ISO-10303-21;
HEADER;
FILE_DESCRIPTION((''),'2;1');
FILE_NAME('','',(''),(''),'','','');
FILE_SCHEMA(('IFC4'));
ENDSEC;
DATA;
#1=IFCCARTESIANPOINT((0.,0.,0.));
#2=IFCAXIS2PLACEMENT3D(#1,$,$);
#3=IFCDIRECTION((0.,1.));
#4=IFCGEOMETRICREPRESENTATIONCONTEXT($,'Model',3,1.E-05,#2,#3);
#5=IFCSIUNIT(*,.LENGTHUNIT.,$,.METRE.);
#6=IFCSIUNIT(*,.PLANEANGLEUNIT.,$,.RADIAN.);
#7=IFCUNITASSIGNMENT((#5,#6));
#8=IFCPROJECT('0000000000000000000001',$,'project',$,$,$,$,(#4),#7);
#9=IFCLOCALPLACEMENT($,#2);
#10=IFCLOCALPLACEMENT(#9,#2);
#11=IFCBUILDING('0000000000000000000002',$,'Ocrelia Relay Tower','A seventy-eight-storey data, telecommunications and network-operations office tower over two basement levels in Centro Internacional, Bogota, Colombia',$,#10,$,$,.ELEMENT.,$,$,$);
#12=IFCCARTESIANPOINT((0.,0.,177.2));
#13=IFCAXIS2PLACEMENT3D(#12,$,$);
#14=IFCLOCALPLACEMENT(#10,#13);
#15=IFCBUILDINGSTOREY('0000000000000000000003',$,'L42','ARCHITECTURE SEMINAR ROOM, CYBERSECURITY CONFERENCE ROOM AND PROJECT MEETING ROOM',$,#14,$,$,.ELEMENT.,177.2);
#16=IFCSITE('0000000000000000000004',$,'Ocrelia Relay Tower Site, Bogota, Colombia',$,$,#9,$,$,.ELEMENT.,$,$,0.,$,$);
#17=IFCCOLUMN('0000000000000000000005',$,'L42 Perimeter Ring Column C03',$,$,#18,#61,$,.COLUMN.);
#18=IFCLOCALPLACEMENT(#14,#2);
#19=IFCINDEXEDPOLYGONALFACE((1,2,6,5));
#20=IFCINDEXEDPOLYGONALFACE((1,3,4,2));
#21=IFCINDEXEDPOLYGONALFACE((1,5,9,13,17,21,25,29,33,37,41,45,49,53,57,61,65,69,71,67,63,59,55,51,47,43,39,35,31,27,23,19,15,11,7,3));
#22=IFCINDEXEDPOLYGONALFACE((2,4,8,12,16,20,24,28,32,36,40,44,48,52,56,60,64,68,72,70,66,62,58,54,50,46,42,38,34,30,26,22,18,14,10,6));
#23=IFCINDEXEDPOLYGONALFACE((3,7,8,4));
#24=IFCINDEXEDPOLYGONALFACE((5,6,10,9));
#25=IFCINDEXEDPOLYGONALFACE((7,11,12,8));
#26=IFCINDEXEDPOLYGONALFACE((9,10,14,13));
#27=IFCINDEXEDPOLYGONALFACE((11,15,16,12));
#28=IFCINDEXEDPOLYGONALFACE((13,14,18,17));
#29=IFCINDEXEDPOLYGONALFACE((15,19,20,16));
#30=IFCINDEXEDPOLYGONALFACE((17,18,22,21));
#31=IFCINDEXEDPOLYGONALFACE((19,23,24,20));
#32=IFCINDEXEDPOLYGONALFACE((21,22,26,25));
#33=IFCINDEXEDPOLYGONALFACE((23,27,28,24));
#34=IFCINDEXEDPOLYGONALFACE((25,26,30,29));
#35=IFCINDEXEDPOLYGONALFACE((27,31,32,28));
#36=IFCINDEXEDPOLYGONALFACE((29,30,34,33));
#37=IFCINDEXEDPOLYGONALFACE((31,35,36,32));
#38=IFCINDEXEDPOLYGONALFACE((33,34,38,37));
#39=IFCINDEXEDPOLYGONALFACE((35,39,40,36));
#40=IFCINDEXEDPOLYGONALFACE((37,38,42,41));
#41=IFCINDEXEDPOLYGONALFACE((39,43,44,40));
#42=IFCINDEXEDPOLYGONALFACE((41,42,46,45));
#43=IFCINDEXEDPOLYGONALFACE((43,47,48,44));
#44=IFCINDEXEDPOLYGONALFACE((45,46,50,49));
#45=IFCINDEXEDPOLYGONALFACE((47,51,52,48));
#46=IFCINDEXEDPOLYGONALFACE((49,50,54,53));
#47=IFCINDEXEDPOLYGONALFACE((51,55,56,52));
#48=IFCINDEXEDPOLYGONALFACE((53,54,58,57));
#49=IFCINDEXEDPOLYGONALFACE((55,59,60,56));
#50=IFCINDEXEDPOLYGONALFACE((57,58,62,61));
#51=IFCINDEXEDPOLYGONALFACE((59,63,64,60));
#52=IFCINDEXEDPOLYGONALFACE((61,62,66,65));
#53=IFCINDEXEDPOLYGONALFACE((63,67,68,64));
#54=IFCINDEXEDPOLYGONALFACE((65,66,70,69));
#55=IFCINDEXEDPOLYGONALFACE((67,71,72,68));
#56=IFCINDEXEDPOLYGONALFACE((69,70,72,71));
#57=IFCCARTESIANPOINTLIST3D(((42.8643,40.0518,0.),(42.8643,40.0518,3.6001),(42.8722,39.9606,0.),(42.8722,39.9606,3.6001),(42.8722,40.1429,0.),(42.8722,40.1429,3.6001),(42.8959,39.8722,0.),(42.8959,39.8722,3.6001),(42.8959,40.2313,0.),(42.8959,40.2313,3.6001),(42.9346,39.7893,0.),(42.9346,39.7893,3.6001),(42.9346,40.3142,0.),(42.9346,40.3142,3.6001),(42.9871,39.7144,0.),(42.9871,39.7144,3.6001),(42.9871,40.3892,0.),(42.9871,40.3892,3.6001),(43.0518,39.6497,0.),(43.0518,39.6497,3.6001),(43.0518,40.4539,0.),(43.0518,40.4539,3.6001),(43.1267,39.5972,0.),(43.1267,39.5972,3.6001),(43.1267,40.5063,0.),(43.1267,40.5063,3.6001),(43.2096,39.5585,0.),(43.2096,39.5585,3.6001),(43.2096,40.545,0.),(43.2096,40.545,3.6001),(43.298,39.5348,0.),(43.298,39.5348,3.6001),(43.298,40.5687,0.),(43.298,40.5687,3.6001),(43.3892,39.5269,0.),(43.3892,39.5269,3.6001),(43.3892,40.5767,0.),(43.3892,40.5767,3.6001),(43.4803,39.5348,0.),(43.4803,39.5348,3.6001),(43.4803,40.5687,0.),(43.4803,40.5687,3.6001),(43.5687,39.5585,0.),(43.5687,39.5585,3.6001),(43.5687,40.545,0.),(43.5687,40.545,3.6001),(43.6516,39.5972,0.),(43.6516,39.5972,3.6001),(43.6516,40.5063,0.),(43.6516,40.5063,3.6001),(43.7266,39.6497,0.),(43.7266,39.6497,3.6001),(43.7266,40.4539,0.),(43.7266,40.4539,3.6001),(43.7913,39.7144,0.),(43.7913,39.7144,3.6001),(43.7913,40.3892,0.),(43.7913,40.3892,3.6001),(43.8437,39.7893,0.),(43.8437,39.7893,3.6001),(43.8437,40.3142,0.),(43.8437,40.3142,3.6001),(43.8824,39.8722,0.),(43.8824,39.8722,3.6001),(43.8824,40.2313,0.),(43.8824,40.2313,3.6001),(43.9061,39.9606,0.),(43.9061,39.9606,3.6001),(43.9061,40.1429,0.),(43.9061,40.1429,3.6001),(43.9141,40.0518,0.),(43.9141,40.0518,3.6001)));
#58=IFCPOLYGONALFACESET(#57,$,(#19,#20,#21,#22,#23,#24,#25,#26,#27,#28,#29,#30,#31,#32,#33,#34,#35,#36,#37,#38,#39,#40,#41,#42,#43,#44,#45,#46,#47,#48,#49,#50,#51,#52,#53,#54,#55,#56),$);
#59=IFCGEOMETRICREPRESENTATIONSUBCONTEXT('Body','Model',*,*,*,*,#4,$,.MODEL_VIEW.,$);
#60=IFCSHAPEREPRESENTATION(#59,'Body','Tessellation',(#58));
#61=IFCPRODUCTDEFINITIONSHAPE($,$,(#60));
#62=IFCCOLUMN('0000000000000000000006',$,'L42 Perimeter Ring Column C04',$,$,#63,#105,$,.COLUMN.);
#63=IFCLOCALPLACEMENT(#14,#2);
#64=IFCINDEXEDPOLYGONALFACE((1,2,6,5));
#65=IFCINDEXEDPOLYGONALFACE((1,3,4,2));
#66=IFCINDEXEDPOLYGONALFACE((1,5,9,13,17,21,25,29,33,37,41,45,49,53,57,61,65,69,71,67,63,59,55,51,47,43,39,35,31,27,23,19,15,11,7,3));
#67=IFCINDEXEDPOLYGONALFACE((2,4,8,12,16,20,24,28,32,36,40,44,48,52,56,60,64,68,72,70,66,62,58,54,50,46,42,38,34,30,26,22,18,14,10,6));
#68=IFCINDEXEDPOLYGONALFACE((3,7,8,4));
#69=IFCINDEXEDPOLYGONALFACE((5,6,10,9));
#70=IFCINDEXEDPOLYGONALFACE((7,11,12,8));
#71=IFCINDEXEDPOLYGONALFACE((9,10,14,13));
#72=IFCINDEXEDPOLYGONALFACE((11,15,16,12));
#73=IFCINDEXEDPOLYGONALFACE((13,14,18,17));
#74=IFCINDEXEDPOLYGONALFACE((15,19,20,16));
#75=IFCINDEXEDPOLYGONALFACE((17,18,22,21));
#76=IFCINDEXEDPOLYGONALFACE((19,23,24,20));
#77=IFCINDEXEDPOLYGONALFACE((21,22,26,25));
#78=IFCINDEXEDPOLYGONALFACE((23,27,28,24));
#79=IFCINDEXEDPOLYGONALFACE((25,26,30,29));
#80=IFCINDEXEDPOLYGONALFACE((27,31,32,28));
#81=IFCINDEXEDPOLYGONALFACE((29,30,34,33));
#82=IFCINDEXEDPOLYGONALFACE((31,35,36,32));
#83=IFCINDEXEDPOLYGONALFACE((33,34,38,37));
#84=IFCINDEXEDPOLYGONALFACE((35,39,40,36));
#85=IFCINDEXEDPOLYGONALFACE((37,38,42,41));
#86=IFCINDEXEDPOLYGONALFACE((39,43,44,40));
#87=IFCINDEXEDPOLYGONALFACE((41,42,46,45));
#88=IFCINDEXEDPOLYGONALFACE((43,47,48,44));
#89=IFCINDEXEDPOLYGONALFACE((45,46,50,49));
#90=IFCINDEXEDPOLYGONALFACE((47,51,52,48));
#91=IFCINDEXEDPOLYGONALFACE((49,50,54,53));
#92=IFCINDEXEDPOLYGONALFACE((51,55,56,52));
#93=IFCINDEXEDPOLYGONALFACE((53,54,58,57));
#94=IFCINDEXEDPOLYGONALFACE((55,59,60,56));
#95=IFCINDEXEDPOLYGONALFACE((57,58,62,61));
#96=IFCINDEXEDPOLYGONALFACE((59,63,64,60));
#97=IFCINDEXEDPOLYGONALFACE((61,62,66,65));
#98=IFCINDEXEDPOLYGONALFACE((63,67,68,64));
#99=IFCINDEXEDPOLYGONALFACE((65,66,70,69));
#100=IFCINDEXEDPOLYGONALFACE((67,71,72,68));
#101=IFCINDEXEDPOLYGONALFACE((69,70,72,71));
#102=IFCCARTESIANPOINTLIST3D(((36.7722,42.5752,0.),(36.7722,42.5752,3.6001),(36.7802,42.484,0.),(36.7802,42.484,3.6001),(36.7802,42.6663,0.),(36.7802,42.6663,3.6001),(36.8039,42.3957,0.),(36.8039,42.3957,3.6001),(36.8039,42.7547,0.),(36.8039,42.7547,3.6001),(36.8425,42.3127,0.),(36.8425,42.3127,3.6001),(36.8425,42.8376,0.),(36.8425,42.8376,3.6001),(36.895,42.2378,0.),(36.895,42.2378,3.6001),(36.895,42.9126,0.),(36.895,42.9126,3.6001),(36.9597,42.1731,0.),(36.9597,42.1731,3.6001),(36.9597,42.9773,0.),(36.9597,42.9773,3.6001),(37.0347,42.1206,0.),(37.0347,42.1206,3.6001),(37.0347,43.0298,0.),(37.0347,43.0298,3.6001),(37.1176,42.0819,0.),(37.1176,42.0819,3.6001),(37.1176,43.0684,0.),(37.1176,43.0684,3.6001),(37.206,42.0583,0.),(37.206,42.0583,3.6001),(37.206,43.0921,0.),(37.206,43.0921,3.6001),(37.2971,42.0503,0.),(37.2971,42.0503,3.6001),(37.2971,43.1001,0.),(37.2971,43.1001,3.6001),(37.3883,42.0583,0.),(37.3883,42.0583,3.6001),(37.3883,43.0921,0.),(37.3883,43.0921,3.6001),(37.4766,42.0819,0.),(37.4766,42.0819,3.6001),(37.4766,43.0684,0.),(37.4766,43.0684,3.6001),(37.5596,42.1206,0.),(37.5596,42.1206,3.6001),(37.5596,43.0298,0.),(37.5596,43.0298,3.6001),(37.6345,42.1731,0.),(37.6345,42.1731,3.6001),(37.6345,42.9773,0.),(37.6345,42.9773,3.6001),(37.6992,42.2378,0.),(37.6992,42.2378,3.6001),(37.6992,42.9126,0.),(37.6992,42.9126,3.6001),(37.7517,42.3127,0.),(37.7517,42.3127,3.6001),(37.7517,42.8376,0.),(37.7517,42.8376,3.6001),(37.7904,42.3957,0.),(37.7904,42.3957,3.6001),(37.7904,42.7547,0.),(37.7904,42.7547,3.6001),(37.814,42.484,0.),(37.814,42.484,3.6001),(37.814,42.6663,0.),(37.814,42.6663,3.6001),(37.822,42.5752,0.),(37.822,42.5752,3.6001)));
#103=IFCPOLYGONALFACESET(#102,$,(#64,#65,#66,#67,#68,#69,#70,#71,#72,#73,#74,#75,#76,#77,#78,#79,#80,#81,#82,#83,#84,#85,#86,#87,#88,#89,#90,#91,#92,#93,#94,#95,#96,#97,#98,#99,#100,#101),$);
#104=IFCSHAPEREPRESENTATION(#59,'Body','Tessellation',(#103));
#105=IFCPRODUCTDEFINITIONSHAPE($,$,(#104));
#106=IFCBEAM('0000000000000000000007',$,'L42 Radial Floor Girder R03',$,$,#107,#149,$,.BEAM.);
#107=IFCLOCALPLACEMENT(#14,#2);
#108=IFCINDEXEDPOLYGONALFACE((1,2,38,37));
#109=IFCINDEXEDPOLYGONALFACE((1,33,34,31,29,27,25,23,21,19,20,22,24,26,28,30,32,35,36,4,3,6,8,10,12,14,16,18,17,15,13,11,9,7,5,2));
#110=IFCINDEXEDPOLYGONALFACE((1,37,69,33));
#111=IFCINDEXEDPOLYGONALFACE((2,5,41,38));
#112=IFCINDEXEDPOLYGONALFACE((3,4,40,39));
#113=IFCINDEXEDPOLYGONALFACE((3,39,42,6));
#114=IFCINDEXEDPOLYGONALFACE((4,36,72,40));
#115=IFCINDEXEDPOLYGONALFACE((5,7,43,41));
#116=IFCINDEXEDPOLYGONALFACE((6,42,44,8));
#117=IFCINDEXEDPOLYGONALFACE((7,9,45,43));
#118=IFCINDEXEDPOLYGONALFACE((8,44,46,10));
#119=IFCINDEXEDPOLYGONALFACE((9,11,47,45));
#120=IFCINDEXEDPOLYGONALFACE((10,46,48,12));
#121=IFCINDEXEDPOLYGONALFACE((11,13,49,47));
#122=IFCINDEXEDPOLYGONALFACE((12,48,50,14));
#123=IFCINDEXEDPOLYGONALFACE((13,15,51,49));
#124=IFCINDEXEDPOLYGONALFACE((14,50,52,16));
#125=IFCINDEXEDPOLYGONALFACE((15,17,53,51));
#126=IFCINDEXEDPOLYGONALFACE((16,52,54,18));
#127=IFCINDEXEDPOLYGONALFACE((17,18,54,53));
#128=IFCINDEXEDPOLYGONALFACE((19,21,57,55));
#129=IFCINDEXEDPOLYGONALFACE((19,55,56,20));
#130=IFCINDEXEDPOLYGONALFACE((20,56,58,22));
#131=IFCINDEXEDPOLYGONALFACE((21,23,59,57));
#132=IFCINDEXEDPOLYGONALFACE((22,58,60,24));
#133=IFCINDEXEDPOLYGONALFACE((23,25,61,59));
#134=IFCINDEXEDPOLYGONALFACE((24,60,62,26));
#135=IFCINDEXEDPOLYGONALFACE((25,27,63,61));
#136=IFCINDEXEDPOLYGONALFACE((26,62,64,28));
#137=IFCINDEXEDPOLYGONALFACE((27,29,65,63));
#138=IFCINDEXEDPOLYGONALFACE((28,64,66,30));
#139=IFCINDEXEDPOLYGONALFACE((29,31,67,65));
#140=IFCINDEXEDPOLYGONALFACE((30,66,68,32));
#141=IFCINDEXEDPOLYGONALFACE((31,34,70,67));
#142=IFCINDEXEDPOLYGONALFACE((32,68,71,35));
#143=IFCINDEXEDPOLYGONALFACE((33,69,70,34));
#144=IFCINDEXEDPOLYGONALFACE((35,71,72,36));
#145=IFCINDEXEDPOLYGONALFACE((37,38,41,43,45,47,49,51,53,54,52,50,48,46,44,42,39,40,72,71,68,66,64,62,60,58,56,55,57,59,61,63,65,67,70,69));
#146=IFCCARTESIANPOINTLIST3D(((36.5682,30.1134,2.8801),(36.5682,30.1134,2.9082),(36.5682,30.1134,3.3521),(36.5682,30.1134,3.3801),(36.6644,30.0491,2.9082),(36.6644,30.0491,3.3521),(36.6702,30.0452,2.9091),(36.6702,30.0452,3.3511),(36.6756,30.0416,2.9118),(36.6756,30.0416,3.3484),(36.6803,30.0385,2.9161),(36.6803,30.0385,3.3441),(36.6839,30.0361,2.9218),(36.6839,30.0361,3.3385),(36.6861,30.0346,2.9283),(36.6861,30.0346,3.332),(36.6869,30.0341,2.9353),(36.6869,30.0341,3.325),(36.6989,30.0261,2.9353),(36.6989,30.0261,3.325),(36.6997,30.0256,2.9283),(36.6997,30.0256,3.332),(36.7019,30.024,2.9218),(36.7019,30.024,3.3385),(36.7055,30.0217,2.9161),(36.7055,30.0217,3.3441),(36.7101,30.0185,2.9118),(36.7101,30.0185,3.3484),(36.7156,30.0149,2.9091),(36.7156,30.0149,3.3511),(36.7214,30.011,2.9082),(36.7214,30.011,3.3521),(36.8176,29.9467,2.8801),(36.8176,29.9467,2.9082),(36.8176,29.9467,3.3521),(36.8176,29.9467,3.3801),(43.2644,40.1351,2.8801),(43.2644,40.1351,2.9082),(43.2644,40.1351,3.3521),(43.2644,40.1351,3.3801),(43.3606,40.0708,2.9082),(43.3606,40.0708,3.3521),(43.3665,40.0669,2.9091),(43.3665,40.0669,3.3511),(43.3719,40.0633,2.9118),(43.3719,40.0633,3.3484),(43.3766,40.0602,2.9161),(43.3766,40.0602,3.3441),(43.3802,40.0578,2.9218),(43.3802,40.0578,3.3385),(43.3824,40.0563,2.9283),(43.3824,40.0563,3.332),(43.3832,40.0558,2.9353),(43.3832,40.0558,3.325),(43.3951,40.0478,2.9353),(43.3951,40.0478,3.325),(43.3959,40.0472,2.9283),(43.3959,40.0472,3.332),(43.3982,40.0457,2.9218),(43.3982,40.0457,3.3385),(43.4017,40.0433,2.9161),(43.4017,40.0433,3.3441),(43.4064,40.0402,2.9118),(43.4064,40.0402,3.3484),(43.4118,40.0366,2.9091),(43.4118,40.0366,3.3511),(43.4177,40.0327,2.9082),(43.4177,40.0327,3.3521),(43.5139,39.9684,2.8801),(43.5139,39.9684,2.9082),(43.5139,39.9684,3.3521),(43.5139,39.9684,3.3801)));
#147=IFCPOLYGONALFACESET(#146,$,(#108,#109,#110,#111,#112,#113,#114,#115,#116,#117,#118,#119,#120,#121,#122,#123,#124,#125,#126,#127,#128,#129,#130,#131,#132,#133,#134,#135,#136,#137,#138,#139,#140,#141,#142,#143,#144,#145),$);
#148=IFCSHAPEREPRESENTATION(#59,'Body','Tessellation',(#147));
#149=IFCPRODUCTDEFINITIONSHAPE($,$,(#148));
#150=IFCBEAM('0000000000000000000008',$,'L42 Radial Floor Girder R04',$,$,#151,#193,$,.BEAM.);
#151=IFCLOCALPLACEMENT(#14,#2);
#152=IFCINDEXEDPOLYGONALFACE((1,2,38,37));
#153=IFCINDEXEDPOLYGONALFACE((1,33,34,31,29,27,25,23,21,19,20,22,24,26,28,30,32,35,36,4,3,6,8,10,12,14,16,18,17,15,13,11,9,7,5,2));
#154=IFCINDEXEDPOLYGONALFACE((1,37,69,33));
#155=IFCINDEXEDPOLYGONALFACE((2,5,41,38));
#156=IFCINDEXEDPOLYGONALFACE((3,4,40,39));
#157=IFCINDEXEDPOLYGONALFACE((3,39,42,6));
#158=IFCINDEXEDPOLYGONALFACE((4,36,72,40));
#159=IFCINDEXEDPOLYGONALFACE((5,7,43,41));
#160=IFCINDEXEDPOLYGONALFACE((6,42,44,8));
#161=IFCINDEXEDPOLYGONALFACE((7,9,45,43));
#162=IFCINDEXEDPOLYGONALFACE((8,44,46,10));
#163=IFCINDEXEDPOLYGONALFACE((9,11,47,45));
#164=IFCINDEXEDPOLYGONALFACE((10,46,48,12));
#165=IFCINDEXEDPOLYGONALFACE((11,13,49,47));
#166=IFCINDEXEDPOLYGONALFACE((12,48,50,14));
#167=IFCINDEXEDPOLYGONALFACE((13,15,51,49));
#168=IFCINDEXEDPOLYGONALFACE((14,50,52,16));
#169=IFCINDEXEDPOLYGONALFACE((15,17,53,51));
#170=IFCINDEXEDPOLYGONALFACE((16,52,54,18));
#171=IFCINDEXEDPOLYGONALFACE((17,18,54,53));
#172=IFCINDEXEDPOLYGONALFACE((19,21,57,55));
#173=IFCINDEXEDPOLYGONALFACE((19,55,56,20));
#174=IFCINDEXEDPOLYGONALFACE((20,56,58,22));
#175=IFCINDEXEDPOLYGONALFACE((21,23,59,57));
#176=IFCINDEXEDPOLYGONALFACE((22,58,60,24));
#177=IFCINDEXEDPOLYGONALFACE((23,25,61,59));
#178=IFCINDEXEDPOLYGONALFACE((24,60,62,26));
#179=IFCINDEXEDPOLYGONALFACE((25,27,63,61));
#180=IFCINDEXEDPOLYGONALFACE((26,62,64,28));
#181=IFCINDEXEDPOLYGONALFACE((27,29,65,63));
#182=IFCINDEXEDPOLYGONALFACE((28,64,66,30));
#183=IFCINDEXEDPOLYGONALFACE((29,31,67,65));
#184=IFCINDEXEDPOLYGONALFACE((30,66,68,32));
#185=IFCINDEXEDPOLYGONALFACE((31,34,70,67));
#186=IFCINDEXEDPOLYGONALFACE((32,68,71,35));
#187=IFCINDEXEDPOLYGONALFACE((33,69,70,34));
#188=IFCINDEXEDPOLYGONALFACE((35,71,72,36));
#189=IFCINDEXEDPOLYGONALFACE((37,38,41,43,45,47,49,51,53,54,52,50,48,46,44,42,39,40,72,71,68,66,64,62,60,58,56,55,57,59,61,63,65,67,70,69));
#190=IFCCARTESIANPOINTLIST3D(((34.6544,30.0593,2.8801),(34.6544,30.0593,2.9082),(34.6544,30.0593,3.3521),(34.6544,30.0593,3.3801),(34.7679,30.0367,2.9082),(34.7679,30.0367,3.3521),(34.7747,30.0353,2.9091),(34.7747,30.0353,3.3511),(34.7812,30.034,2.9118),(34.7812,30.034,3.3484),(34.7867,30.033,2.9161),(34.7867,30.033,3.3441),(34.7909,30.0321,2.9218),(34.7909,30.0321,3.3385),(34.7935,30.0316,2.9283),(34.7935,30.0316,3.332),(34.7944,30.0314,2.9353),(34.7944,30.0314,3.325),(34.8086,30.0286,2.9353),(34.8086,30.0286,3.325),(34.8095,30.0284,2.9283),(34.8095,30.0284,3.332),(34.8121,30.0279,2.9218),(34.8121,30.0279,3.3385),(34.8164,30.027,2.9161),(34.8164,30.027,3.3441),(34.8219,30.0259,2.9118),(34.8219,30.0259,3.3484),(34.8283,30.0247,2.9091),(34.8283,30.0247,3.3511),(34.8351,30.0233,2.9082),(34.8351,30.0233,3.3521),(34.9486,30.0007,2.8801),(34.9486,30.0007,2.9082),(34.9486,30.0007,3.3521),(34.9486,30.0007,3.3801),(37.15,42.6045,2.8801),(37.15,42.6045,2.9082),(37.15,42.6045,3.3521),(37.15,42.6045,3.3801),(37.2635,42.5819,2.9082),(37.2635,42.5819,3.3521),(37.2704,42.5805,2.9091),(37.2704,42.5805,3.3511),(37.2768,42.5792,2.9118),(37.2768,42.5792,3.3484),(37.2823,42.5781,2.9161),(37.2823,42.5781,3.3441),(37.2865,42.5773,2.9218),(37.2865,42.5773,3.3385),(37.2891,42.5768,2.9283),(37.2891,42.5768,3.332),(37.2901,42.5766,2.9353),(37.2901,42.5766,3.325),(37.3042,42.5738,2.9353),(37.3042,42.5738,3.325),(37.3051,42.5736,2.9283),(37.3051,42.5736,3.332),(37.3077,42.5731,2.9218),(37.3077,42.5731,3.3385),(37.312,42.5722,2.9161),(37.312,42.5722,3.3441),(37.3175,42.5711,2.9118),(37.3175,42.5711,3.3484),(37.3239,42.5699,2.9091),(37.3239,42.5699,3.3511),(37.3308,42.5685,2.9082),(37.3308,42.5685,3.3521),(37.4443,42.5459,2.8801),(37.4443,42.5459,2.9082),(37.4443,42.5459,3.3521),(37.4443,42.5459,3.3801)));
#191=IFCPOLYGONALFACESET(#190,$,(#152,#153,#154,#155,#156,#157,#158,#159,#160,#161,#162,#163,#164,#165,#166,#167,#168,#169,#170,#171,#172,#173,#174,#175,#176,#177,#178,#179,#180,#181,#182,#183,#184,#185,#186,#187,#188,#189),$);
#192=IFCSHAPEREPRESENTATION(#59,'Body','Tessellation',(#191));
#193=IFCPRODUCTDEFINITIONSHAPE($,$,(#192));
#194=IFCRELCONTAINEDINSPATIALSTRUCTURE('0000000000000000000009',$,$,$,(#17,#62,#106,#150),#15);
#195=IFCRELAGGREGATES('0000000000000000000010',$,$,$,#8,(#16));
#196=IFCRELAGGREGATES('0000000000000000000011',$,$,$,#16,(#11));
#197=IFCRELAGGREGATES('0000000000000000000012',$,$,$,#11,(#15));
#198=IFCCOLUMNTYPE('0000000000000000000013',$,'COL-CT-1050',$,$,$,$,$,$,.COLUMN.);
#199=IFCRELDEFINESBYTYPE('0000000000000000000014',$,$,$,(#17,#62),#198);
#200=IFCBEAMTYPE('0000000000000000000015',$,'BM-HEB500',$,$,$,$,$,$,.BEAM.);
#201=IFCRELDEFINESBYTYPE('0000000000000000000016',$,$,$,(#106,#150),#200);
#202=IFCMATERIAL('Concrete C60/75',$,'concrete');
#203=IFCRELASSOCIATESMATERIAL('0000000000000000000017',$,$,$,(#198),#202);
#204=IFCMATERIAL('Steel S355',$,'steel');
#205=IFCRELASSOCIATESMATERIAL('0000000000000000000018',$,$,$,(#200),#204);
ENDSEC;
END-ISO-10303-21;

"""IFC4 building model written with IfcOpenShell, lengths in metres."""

from ifc_helpers import new_model, si_unit, direction, frame, origin, origin_2d, place, context, subcontext, project, spatial, circle, i_section, extrude, material, material_profile, profile_set, type_object, element, save


model = new_model("IFC4")

# Units and contexts
model_context = context("Model", 3, precision=1e-05, world=origin(), true_north=direction((0.0, 1.0)))
body_context = subcontext(model_context, "Body", "Model", "MODEL_VIEW")
ifc_project = project(units=[si_unit("LENGTHUNIT", "METRE"), si_unit("PLANEANGLEUNIT", "RADIAN")], contexts=[model_context])

# Site, building, storey
site_placement = place(None, origin())
site = spatial("IfcSite", under=ifc_project, at=site_placement, Name="Ocrelia Relay Tower Site, Bogota, Colombia", CompositionType="ELEMENT", RefElevation=0.0)
building_placement = place(site_placement, origin())
building = spatial("IfcBuilding", under=site, at=building_placement, Name="Ocrelia Relay Tower", Description="A seventy-eight-storey data, telecommunications and network-operations office tower over two basement levels in Centro Internacional, Bogota, Colombia", CompositionType="ELEMENT")
storey_placement = place(building_placement, frame((0.0, 0.0, 177.2)))
storey = spatial("IfcBuildingStorey", under=building, at=storey_placement, Name="L42", Description="ARCHITECTURE SEMINAR ROOM, CYBERSECURITY CONFERENCE ROOM AND PROJECT MEETING ROOM", CompositionType="ELEMENT", Elevation=177.2)

# Columns
ifc_material_1 = material(Name="Concrete C60/75", Category="concrete")
ifc_material_profile_1 = material_profile(ifc_material_1, circle(Radius=0.5249, at=origin_2d()), Name="RC-CIR-1050")
ifc_profile_set_1 = profile_set([ifc_material_profile_1], Name="Concrete C60/75")
column_type = type_object("IfcColumnType", Name="COL-CT-1050", PredefinedType="COLUMN", material=ifc_profile_set_1)
for number, where, z_axis, x_axis, name in (
    (1, (43.3892, 40.0518, 0.0), (0.0, 0.0, 1.0), (1.0, 0.0, 0.0), "L42 Perimeter Ring Column C03"),
    (2, (37.2971, 42.5752, 0.0), (0.0, 0.0, 1.0), (1.0, 0.0, 0.0), "L42 Perimeter Ring Column C04"),
):
    element("IfcColumn", number, at=place(storey_placement, frame(where, z_axis=z_axis, x_axis=x_axis)), inside=storey, type_object=column_type, Name=name, PredefinedType="COLUMN", context=body_context, shape_type="SweptSolid", body=[
        extrude(circle(Radius=0.5249, at=origin_2d()), origin(), (0.0, 0.0, 1.0), 3.6001),
    ])

# Beams
ifc_material_2 = material(Name="Steel S355", Category="steel")
ifc_material_profile_2 = material_profile(ifc_material_2, i_section(OverallWidth=0.3, OverallDepth=0.5, WebThickness=0.0144, FlangeThickness=0.0281, FilletRadius=0.0271, at=origin_2d()), Name="HEB 500")
ifc_profile_set_2 = profile_set([ifc_material_profile_2], Name="Steel S355")
beam_type_1 = type_object("IfcBeamType", Name="BM-HEB500", PredefinedType="BEAM", material=ifc_profile_set_2)
beam_1_placement = place(storey_placement, frame((43.3892, 40.0518, 3.1301), z_axis=(-0.555569, -0.83147, 0.0), x_axis=(0.83147, -0.555569, 0.0)))
element("IfcBeam", 3, at=beam_1_placement, inside=storey, type_object=beam_type_1, Name="L42 Radial Floor Girder R03", PredefinedType="BEAM", context=body_context, shape_type="SweptSolid", body=[
    extrude(i_section(OverallWidth=0.3, OverallDepth=0.5, WebThickness=0.0144, FlangeThickness=0.0281, FilletRadius=0.0271, at=origin_2d()), origin(), (0.0, 0.0, 1.0), 12.053),
])
beam_2_placement = place(storey_placement, frame((37.2971, 42.5752, 3.1301), z_axis=(-0.195107, -0.980782, 0.0), x_axis=(0.980782, -0.195107, 0.0)))
element("IfcBeam", 4, at=beam_2_placement, inside=storey, type_object=beam_type_1, Name="L42 Radial Floor Girder R04", PredefinedType="BEAM", context=body_context, shape_type="SweptSolid", body=[
    extrude(i_section(OverallWidth=0.3, OverallDepth=0.5, WebThickness=0.0144, FlangeThickness=0.0281, FilletRadius=0.0271, at=origin_2d()), origin(), (0.0, 0.0, 1.0), 12.791),
])

save(model, "model.ifc")
